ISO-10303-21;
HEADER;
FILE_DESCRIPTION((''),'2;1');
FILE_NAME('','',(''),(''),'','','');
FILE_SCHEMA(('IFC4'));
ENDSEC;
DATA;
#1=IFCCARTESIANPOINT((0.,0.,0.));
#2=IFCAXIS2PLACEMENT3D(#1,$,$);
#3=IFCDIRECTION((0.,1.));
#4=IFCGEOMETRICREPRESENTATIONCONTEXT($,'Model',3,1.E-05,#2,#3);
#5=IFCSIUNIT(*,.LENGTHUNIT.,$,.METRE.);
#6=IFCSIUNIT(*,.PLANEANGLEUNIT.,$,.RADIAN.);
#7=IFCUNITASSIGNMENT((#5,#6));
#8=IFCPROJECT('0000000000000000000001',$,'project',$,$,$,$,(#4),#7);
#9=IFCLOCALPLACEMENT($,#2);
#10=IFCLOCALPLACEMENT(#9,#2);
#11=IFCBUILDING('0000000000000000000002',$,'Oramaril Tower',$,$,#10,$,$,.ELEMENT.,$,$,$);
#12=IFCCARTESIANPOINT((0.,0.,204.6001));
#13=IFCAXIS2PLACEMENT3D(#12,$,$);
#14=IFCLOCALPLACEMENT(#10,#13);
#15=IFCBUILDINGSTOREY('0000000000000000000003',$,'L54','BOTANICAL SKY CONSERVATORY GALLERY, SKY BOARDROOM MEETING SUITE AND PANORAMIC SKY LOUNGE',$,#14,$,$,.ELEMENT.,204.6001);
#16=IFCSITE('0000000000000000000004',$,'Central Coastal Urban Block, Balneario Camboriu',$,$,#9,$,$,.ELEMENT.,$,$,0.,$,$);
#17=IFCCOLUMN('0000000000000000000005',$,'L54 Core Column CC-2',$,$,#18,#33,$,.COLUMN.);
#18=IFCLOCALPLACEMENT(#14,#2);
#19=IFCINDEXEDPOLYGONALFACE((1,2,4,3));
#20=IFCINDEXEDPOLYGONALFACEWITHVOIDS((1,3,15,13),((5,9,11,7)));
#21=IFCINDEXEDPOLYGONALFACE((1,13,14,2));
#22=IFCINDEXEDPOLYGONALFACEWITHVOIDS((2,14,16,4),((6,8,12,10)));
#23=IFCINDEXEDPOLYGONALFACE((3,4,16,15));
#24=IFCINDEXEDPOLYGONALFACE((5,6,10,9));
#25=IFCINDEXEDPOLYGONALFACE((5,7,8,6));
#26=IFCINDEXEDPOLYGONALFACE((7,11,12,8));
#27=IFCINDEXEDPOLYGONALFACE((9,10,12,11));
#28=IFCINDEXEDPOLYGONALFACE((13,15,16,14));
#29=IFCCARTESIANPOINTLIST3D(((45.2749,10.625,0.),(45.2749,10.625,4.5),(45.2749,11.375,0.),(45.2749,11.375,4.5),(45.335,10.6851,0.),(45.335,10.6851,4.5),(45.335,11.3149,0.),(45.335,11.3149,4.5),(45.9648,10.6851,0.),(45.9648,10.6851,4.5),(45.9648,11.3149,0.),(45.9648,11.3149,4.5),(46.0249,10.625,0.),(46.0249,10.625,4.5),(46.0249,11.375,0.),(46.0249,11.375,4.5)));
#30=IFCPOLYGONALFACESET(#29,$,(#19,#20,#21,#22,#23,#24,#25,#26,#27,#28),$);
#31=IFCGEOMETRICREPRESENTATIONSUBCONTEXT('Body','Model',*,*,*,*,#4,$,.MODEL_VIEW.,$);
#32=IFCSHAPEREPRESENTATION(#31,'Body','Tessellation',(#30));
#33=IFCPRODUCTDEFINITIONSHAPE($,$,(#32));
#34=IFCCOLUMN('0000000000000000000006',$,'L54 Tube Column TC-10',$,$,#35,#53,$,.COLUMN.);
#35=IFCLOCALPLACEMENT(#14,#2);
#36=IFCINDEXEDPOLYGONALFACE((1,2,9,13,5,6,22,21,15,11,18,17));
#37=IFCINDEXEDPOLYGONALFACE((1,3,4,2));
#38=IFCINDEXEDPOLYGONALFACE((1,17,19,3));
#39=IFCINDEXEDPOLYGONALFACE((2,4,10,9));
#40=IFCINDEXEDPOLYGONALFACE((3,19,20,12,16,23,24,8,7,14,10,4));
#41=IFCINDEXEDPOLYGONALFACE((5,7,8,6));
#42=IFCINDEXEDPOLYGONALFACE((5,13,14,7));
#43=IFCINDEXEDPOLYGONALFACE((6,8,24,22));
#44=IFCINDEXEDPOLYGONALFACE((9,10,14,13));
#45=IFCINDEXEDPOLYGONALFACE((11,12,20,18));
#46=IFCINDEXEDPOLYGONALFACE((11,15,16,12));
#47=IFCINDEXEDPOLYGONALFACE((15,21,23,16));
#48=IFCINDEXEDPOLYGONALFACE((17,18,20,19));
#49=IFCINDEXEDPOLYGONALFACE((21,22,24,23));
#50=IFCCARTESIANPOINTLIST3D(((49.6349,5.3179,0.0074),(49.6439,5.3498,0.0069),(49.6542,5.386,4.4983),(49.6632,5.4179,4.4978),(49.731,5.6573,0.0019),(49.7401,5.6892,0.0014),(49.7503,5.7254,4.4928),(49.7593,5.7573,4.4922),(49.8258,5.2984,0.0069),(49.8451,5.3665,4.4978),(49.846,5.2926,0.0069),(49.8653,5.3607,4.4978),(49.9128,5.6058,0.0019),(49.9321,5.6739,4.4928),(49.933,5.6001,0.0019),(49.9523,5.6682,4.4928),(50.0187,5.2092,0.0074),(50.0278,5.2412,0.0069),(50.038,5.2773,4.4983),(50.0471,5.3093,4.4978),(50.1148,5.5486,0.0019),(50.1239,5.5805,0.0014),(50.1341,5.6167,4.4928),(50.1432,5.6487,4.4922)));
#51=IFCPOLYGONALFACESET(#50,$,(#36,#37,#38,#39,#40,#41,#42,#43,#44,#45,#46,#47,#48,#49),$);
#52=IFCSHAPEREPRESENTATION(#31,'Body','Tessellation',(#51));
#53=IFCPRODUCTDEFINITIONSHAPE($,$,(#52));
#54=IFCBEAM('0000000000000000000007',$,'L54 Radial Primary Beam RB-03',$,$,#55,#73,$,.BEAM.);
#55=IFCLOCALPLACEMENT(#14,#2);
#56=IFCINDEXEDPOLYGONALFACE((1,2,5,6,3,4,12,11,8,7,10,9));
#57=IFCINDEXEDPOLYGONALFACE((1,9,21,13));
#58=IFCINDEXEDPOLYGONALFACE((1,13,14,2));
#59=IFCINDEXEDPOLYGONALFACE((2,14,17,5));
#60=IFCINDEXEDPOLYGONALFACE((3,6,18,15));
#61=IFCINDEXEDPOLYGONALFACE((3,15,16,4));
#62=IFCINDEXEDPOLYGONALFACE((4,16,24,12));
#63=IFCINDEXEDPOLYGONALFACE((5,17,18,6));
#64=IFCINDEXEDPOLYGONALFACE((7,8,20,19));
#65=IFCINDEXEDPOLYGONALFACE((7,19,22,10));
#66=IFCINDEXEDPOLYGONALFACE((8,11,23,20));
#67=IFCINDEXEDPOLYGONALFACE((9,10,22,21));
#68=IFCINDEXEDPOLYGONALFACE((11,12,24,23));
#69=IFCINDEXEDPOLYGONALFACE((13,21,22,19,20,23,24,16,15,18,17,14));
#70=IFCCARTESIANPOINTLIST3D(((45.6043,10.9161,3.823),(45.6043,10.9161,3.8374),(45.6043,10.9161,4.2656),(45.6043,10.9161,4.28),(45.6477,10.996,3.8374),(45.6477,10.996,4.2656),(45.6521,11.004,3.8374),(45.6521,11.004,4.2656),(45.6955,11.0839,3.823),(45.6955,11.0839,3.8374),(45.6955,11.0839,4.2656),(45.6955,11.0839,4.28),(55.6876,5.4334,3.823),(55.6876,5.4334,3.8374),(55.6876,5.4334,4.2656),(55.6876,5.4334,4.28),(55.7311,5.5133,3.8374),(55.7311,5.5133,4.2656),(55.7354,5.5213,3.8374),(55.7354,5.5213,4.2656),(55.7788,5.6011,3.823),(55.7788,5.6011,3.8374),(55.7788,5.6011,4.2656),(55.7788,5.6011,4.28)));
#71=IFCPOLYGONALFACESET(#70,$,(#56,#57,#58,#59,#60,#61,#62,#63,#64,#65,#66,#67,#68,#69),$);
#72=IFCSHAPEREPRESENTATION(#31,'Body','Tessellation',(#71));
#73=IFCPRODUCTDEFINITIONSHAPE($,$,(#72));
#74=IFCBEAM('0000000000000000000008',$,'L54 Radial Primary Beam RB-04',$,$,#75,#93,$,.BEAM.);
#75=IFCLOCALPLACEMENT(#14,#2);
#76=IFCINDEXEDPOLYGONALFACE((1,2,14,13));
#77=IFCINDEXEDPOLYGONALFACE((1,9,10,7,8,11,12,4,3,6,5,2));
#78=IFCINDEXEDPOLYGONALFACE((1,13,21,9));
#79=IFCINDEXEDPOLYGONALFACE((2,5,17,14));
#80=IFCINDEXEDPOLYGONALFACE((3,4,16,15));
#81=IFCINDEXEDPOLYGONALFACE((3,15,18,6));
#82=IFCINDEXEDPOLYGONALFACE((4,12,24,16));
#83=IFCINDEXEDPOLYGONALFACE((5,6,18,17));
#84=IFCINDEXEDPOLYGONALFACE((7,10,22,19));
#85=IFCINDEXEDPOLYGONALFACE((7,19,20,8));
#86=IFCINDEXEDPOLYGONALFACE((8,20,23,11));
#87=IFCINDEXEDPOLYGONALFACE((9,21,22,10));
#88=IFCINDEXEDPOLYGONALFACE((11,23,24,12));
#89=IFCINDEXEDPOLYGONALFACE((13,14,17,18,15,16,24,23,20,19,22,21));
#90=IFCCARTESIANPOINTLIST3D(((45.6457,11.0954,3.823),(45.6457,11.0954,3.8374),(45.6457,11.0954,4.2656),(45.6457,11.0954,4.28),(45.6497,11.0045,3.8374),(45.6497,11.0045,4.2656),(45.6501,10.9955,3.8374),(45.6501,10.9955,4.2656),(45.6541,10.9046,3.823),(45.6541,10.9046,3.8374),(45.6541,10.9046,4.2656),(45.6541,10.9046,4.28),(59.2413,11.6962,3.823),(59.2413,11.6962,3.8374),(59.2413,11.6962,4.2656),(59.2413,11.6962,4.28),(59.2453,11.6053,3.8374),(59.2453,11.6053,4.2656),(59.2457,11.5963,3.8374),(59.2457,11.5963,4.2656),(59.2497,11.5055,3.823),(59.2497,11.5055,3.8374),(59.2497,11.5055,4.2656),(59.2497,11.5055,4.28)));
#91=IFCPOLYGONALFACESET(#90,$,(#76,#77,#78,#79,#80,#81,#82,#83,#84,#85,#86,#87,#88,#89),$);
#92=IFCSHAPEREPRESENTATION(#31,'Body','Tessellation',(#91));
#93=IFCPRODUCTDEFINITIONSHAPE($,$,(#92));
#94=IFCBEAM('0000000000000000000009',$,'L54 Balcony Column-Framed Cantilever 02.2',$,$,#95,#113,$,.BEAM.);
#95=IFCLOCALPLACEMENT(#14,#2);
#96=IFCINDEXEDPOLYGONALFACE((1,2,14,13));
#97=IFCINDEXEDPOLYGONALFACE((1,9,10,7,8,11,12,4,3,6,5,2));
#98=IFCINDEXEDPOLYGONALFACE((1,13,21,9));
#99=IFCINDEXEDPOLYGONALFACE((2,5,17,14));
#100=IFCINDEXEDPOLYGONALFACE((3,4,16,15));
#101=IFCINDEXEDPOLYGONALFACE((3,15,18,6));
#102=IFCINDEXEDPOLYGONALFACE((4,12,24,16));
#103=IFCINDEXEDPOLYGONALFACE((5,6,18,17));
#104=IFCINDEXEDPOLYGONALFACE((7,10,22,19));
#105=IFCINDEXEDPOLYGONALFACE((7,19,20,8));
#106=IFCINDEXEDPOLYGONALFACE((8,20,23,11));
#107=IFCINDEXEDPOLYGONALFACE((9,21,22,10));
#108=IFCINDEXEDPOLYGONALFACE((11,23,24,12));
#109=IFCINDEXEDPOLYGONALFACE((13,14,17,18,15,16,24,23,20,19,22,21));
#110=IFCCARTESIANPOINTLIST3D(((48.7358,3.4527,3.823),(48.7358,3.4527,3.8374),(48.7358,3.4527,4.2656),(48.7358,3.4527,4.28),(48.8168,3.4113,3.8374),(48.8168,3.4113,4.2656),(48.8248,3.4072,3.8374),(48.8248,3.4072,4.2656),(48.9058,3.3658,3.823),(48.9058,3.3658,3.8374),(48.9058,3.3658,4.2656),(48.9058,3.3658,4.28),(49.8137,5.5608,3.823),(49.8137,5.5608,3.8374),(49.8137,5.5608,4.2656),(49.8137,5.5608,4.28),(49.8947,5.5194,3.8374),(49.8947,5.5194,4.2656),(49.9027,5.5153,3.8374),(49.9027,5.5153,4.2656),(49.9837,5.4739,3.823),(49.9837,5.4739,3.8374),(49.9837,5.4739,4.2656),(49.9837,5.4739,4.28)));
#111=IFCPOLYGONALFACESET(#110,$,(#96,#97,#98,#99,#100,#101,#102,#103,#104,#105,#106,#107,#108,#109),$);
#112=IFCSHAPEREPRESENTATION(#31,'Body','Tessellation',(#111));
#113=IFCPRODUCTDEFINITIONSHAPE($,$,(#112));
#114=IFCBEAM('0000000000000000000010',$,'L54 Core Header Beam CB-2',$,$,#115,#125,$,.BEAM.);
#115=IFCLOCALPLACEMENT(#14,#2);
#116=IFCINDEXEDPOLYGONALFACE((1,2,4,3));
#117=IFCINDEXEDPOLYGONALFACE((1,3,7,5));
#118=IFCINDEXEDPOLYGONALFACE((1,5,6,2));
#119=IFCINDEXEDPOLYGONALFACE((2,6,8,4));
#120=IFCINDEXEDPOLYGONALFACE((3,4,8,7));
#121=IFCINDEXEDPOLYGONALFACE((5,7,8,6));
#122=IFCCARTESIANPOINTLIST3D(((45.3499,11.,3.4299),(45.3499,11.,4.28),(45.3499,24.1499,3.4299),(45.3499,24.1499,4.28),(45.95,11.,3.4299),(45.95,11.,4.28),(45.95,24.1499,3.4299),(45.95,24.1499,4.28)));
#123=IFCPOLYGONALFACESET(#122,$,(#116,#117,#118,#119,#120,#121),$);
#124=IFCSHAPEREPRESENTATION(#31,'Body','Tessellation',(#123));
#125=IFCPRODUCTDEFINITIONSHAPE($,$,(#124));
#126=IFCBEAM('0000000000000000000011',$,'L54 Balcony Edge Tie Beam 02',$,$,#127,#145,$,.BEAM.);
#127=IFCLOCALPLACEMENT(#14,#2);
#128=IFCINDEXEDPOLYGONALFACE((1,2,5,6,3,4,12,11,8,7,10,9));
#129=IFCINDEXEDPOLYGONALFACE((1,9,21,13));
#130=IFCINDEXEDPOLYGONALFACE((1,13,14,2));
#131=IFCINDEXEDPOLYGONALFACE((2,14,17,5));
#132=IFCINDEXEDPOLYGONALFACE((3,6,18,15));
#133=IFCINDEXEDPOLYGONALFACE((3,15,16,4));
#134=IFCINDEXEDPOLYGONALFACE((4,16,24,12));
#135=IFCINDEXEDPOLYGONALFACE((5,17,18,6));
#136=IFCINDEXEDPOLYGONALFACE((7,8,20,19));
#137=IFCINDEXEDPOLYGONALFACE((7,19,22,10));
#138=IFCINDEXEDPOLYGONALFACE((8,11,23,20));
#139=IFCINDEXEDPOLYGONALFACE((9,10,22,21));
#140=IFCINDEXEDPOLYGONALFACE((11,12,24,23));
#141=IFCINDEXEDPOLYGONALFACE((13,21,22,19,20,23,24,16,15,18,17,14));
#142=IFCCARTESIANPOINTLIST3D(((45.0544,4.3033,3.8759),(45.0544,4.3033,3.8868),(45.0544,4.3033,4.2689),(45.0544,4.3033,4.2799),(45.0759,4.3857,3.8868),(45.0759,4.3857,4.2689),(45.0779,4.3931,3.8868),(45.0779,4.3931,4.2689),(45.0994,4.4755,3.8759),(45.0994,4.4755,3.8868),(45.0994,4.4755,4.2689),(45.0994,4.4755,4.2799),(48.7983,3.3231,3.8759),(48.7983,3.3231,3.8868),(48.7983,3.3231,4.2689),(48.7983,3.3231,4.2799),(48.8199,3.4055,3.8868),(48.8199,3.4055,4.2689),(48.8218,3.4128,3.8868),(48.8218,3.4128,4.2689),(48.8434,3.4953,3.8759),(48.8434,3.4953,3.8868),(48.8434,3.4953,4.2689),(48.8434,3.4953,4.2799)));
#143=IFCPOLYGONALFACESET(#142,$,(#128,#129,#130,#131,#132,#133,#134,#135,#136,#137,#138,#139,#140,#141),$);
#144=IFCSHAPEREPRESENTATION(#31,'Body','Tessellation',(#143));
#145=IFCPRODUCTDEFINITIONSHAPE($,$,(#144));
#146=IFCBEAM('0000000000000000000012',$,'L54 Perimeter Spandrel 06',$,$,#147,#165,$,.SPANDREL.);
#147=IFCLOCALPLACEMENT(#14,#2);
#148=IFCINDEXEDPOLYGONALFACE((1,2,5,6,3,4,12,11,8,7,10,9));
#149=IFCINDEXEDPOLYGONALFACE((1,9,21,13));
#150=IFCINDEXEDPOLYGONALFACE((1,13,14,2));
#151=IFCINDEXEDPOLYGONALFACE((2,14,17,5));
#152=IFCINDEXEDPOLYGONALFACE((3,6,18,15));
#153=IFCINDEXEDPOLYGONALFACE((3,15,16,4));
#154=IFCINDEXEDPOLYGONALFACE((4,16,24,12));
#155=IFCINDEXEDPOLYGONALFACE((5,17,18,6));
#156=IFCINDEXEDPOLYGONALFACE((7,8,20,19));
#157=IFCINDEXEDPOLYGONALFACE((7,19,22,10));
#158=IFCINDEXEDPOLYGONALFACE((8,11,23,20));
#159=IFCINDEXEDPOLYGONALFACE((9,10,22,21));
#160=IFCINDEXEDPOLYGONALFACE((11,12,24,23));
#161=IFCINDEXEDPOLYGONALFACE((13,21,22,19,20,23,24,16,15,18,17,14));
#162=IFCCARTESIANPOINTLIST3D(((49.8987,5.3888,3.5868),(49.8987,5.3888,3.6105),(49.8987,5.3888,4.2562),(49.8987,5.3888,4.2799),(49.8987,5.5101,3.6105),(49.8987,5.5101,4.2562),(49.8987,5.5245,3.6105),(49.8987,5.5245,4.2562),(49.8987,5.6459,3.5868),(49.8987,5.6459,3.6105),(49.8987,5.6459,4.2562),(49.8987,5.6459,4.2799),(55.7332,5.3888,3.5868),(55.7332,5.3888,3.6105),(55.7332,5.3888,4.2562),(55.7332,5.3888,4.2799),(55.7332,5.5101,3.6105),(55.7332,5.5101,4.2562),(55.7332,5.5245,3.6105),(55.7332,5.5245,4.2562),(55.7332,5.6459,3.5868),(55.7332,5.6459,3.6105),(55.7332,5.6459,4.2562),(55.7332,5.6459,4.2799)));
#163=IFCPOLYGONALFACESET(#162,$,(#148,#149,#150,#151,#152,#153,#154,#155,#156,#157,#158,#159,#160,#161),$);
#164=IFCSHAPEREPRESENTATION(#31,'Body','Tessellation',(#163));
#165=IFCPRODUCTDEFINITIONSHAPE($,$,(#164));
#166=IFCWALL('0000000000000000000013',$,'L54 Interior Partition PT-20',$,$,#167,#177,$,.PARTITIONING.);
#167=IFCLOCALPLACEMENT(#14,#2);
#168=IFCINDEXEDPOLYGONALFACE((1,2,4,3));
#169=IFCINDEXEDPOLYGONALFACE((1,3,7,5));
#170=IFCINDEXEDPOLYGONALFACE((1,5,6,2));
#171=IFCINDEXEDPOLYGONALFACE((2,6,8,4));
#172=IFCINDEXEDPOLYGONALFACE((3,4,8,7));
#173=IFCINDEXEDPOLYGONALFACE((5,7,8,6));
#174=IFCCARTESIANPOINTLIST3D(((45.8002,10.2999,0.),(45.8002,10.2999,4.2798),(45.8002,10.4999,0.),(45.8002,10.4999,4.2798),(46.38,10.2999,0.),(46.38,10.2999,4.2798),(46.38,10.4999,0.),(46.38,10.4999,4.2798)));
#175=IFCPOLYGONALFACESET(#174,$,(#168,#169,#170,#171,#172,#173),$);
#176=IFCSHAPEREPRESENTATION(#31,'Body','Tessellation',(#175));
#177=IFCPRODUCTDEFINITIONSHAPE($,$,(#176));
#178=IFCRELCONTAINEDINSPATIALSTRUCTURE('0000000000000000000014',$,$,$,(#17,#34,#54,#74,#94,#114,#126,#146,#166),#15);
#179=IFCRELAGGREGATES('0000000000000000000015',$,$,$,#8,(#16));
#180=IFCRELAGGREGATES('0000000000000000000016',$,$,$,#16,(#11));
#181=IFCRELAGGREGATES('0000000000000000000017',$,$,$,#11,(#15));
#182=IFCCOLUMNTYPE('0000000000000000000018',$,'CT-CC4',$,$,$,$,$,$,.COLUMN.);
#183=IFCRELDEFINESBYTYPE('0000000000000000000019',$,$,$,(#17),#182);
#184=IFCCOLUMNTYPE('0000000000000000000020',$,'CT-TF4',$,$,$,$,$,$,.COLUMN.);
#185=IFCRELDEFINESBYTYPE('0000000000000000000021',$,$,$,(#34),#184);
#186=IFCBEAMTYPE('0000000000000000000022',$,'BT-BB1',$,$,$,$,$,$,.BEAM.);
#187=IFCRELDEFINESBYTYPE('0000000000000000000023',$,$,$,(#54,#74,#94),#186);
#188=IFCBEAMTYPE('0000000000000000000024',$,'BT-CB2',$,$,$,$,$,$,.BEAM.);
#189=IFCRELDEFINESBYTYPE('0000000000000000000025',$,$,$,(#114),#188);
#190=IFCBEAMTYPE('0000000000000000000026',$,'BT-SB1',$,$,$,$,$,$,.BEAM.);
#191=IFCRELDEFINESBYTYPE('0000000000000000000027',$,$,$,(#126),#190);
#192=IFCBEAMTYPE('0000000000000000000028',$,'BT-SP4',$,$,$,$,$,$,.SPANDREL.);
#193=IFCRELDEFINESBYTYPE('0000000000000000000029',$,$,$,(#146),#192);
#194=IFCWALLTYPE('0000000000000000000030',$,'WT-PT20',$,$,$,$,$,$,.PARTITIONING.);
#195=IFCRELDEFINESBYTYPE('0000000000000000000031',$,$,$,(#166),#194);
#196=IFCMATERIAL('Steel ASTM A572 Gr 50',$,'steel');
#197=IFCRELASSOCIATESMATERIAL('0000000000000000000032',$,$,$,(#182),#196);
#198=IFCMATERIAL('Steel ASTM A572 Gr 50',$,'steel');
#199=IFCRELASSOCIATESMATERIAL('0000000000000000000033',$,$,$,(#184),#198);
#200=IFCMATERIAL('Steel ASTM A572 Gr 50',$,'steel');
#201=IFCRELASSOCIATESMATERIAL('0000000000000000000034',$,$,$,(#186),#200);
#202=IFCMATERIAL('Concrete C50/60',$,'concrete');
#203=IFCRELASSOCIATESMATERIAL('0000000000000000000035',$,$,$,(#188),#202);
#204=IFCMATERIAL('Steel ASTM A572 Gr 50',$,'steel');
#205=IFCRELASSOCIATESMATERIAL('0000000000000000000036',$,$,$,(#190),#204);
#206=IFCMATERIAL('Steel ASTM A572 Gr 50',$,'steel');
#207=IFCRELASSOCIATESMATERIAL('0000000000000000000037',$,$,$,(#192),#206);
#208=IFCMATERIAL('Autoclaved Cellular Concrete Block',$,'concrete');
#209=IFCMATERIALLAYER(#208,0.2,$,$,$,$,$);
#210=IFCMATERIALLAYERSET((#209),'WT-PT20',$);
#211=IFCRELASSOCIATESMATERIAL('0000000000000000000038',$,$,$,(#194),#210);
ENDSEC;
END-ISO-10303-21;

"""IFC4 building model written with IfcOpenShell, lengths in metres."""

from ifc_helpers import new_model, si_unit, direction, frame, frame_2d, origin, origin_2d, place, context, subcontext, project, spatial, rectangle, hollow_rectangle, i_section, extrude, material, layer, layer_set, material_profile, profile_set, type_object, element, save


model = new_model("IFC4")

# Units and contexts
model_context = context("Model", 3, precision=1e-05, world=origin(), true_north=direction((0.0, 1.0)))
body_context = subcontext(model_context, "Body", "Model", "MODEL_VIEW")
ifc_project = project(units=[si_unit("LENGTHUNIT", "METRE"), si_unit("PLANEANGLEUNIT", "RADIAN")], contexts=[model_context])

# Site, building, storey
site_placement = place(None, origin())
site = spatial("IfcSite", under=ifc_project, at=site_placement, Name="Central Coastal Urban Block, Balneario Camboriu", CompositionType="ELEMENT", RefElevation=0.0)
building_placement = place(site_placement, origin())
building = spatial("IfcBuilding", under=site, at=building_placement, Name="Oramaril Tower", CompositionType="ELEMENT")
storey_placement = place(building_placement, frame((0.0, 0.0, 204.6001)))
storey = spatial("IfcBuildingStorey", under=building, at=storey_placement, Name="L54", Description="BOTANICAL SKY CONSERVATORY GALLERY, SKY BOARDROOM MEETING SUITE AND PANORAMIC SKY LOUNGE", CompositionType="ELEMENT", Elevation=204.6001)

# Columns
ifc_material_1 = material(Name="Steel ASTM A572 Gr 50", Category="steel")
ifc_material_profile_1 = material_profile(ifc_material_1, hollow_rectangle(XDim=0.75, YDim=0.75, WallThickness=0.0601, at=origin_2d()), Name="BOX750X750X60")
ifc_profile_set_1 = profile_set([ifc_material_profile_1], Name="Steel ASTM A572 Gr 50")
column_type_1 = type_object("IfcColumnType", Name="CT-CC4", PredefinedType="COLUMN", material=ifc_profile_set_1)
column_1_placement = place(storey_placement, frame((45.6499, 11.0, 0.0), z_axis=(0.0, 0.0, 1.0), x_axis=(1.0, 0.0, 0.0)))
element("IfcColumn", 1, at=column_1_placement, inside=storey, type_object=column_type_1, Name="L54 Core Column CC-2", PredefinedType="COLUMN", context=body_context, shape_type="SweptSolid", body=[
    extrude(hollow_rectangle(XDim=0.75, YDim=0.75, WallThickness=0.0601, at=origin_2d()), origin(), (0.0, 0.0, 1.0), 4.5),
])
ifc_material_2 = material(Name="Steel ASTM A572 Gr 50", Category="steel")
ifc_material_profile_2 = material_profile(ifc_material_2, i_section(OverallWidth=0.3989, OverallDepth=0.386, WebThickness=0.021, FlangeThickness=0.0332, at=origin_2d()), Name="W14X176")
ifc_profile_set_2 = profile_set([ifc_material_profile_2], Name="Steel ASTM A572 Gr 50")
column_type_2 = type_object("IfcColumnType", Name="CT-TF4", PredefinedType="COLUMN", material=ifc_profile_set_2)
column_2_placement = place(storey_placement, frame((49.8794, 5.4492, 0.0044), z_axis=(0.004294, 0.015165, 0.999876), x_axis=(-0.962172, 0.272443, 0.0)))
element("IfcColumn", 2, at=column_2_placement, inside=storey, type_object=column_type_2, Name="L54 Tube Column TC-10", PredefinedType="COLUMN", context=body_context, shape_type="SweptSolid", body=[
    extrude(i_section(OverallWidth=0.3989, OverallDepth=0.386, WebThickness=0.021, FlangeThickness=0.0332, at=origin_2d()), origin(), (0.0, 0.0, 1.0), 4.4915),
])

# Beams
ifc_material_3 = material(Name="Steel ASTM A572 Gr 50", Category="steel")
ifc_material_profile_3 = material_profile(ifc_material_3, i_section(OverallWidth=0.1909, OverallDepth=0.457, WebThickness=0.009, FlangeThickness=0.0144, at=origin_2d()), Name="W18X50")
ifc_profile_set_3 = profile_set([ifc_material_profile_3], Name="Steel ASTM A572 Gr 50")
beam_type_1 = type_object("IfcBeamType", Name="BT-BB1", PredefinedType="BEAM", material=ifc_profile_set_3)
beam_1_placement = place(storey_placement, frame((45.6499, 11.0, 4.0515), z_axis=(0.878528, -0.477691, 0.0), x_axis=(0.477691, 0.878528, 0.0)))
element("IfcBeam", 3, at=beam_1_placement, inside=storey, type_object=beam_type_1, Name="L54 Radial Primary Beam RB-03", PredefinedType="BEAM", context=body_context, shape_type="SweptSolid", body=[
    extrude(i_section(OverallWidth=0.1909, OverallDepth=0.457, WebThickness=0.009, FlangeThickness=0.0144, at=origin_2d()), origin(), (0.0, 0.0, 1.0), 11.4775),
])
beam_2_placement = place(storey_placement, frame((45.6499, 11.0, 4.0515), z_axis=(0.999025, 0.04415, 0.0), x_axis=(-0.04415, 0.999025, 0.0)))
element("IfcBeam", 4, at=beam_2_placement, inside=storey, type_object=beam_type_1, Name="L54 Radial Primary Beam RB-04", PredefinedType="BEAM", context=body_context, shape_type="SweptSolid", body=[
    extrude(i_section(OverallWidth=0.1909, OverallDepth=0.457, WebThickness=0.009, FlangeThickness=0.0144, at=origin_2d()), origin(), (0.0, 0.0, 1.0), 13.6089),
])
beam_3_placement = place(storey_placement, frame((49.8987, 5.5173, 4.0515), z_axis=(-0.455238, -0.89037, 0.0), x_axis=(0.89037, -0.455238, 0.0)))
element("IfcBeam", 5, at=beam_3_placement, inside=storey, type_object=beam_type_1, Name="L54 Balcony Column-Framed Cantilever 02.2", PredefinedType="BEAM", context=body_context, shape_type="SweptSolid", body=[
    extrude(i_section(OverallWidth=0.1909, OverallDepth=0.457, WebThickness=0.009, FlangeThickness=0.0144, at=origin_2d()), origin(), (0.0, 0.0, 1.0), 2.3677),
])
ifc_material_4 = material(Name="Concrete C50/60", Category="concrete")
ifc_material_profile_4 = material_profile(ifc_material_4, rectangle(XDim=0.6001, YDim=0.8501, at=origin_2d()), Name="CB600X850")
ifc_profile_set_4 = profile_set([ifc_material_profile_4], Name="Concrete C50/60")
beam_type_2 = type_object("IfcBeamType", Name="BT-CB2", PredefinedType="BEAM", material=ifc_profile_set_4)
beam_4_placement = place(storey_placement, frame((45.6499, 11.0, 3.855), z_axis=(0.0, 1.0, 0.0), x_axis=(-1.0, 0.0, 0.0)))
element("IfcBeam", 6, at=beam_4_placement, inside=storey, type_object=beam_type_2, Name="L54 Core Header Beam CB-2", PredefinedType="BEAM", context=body_context, shape_type="SweptSolid", body=[
    extrude(rectangle(XDim=0.6001, YDim=0.8501, at=origin_2d()), origin(), (0.0, 0.0, 1.0), 13.1499),
])
ifc_material_5 = material(Name="Steel ASTM A572 Gr 50", Category="steel")
ifc_material_profile_5 = material_profile(ifc_material_5, i_section(OverallWidth=0.178, OverallDepth=0.4041, WebThickness=0.0076, FlangeThickness=0.011, at=origin_2d()), Name="W16X36")
ifc_profile_set_5 = profile_set([ifc_material_profile_5], Name="Steel ASTM A572 Gr 50")
beam_type_3 = type_object("IfcBeamType", Name="BT-SB1", PredefinedType="BEAM", material=ifc_profile_set_5)
beam_5_placement = place(storey_placement, frame((45.0769, 4.3894, 4.0779), z_axis=(0.967392, -0.253282, 0.0), x_axis=(0.253282, 0.967392, 0.0)))
element("IfcBeam", 7, at=beam_5_placement, inside=storey, type_object=beam_type_3, Name="L54 Balcony Edge Tie Beam 02", PredefinedType="BEAM", context=body_context, shape_type="SweptSolid", body=[
    extrude(i_section(OverallWidth=0.178, OverallDepth=0.4041, WebThickness=0.0076, FlangeThickness=0.011, at=origin_2d()), origin(), (0.0, 0.0, 1.0), 3.8701),
])
ifc_material_6 = material(Name="Steel ASTM A572 Gr 50", Category="steel")
ifc_material_profile_6 = material_profile(ifc_material_6, i_section(OverallWidth=0.2571, OverallDepth=0.6931, WebThickness=0.0144, FlangeThickness=0.0237, at=origin_2d()), Name="W27X114")
ifc_profile_set_6 = profile_set([ifc_material_profile_6], Name="Steel ASTM A572 Gr 50")
beam_type_4 = type_object("IfcBeamType", Name="BT-SP4", PredefinedType="SPANDREL", material=ifc_profile_set_6)
beam_6_placement = place(storey_placement, frame((49.8987, 5.5173, 3.9333), z_axis=(1.0, 0.0, 0.0), x_axis=(0.0, 1.0, 0.0)))
element("IfcBeam", 8, at=beam_6_placement, inside=storey, type_object=beam_type_4, Name="L54 Perimeter Spandrel 06", PredefinedType="SPANDREL", context=body_context, shape_type="SweptSolid", body=[
    extrude(i_section(OverallWidth=0.2571, OverallDepth=0.6931, WebThickness=0.0144, FlangeThickness=0.0237, at=origin_2d()), origin(), (0.0, 0.0, 1.0), 5.8345),
])

# Wall
ifc_material_7 = material(Name="Autoclaved Cellular Concrete Block", Category="concrete")
ifc_layer_1 = layer(ifc_material_7, 0.2)
ifc_layer_set_1 = layer_set([ifc_layer_1], Name="WT-PT20")
wall_type_1 = type_object("IfcWallType", Name="WT-PT20", PredefinedType="PARTITIONING", material=ifc_layer_set_1)
wall_1_placement = place(storey_placement, frame((45.8, 10.3999, 0.0), z_axis=(0.0, 0.0, 1.0), x_axis=(1.0, 0.0, 0.0)))
element("IfcWall", 9, at=wall_1_placement, inside=storey, type_object=wall_type_1, Name="L54 Interior Partition PT-20", PredefinedType="PARTITIONING", context=body_context, shape_type="SweptSolid", body=[
    extrude(rectangle(XDim=0.5798, YDim=0.2, at=frame_2d((0.29, 0.0))), origin(), (0.0, 0.0, 1.0), 4.2798),
])

save(model, "model.ifc")
